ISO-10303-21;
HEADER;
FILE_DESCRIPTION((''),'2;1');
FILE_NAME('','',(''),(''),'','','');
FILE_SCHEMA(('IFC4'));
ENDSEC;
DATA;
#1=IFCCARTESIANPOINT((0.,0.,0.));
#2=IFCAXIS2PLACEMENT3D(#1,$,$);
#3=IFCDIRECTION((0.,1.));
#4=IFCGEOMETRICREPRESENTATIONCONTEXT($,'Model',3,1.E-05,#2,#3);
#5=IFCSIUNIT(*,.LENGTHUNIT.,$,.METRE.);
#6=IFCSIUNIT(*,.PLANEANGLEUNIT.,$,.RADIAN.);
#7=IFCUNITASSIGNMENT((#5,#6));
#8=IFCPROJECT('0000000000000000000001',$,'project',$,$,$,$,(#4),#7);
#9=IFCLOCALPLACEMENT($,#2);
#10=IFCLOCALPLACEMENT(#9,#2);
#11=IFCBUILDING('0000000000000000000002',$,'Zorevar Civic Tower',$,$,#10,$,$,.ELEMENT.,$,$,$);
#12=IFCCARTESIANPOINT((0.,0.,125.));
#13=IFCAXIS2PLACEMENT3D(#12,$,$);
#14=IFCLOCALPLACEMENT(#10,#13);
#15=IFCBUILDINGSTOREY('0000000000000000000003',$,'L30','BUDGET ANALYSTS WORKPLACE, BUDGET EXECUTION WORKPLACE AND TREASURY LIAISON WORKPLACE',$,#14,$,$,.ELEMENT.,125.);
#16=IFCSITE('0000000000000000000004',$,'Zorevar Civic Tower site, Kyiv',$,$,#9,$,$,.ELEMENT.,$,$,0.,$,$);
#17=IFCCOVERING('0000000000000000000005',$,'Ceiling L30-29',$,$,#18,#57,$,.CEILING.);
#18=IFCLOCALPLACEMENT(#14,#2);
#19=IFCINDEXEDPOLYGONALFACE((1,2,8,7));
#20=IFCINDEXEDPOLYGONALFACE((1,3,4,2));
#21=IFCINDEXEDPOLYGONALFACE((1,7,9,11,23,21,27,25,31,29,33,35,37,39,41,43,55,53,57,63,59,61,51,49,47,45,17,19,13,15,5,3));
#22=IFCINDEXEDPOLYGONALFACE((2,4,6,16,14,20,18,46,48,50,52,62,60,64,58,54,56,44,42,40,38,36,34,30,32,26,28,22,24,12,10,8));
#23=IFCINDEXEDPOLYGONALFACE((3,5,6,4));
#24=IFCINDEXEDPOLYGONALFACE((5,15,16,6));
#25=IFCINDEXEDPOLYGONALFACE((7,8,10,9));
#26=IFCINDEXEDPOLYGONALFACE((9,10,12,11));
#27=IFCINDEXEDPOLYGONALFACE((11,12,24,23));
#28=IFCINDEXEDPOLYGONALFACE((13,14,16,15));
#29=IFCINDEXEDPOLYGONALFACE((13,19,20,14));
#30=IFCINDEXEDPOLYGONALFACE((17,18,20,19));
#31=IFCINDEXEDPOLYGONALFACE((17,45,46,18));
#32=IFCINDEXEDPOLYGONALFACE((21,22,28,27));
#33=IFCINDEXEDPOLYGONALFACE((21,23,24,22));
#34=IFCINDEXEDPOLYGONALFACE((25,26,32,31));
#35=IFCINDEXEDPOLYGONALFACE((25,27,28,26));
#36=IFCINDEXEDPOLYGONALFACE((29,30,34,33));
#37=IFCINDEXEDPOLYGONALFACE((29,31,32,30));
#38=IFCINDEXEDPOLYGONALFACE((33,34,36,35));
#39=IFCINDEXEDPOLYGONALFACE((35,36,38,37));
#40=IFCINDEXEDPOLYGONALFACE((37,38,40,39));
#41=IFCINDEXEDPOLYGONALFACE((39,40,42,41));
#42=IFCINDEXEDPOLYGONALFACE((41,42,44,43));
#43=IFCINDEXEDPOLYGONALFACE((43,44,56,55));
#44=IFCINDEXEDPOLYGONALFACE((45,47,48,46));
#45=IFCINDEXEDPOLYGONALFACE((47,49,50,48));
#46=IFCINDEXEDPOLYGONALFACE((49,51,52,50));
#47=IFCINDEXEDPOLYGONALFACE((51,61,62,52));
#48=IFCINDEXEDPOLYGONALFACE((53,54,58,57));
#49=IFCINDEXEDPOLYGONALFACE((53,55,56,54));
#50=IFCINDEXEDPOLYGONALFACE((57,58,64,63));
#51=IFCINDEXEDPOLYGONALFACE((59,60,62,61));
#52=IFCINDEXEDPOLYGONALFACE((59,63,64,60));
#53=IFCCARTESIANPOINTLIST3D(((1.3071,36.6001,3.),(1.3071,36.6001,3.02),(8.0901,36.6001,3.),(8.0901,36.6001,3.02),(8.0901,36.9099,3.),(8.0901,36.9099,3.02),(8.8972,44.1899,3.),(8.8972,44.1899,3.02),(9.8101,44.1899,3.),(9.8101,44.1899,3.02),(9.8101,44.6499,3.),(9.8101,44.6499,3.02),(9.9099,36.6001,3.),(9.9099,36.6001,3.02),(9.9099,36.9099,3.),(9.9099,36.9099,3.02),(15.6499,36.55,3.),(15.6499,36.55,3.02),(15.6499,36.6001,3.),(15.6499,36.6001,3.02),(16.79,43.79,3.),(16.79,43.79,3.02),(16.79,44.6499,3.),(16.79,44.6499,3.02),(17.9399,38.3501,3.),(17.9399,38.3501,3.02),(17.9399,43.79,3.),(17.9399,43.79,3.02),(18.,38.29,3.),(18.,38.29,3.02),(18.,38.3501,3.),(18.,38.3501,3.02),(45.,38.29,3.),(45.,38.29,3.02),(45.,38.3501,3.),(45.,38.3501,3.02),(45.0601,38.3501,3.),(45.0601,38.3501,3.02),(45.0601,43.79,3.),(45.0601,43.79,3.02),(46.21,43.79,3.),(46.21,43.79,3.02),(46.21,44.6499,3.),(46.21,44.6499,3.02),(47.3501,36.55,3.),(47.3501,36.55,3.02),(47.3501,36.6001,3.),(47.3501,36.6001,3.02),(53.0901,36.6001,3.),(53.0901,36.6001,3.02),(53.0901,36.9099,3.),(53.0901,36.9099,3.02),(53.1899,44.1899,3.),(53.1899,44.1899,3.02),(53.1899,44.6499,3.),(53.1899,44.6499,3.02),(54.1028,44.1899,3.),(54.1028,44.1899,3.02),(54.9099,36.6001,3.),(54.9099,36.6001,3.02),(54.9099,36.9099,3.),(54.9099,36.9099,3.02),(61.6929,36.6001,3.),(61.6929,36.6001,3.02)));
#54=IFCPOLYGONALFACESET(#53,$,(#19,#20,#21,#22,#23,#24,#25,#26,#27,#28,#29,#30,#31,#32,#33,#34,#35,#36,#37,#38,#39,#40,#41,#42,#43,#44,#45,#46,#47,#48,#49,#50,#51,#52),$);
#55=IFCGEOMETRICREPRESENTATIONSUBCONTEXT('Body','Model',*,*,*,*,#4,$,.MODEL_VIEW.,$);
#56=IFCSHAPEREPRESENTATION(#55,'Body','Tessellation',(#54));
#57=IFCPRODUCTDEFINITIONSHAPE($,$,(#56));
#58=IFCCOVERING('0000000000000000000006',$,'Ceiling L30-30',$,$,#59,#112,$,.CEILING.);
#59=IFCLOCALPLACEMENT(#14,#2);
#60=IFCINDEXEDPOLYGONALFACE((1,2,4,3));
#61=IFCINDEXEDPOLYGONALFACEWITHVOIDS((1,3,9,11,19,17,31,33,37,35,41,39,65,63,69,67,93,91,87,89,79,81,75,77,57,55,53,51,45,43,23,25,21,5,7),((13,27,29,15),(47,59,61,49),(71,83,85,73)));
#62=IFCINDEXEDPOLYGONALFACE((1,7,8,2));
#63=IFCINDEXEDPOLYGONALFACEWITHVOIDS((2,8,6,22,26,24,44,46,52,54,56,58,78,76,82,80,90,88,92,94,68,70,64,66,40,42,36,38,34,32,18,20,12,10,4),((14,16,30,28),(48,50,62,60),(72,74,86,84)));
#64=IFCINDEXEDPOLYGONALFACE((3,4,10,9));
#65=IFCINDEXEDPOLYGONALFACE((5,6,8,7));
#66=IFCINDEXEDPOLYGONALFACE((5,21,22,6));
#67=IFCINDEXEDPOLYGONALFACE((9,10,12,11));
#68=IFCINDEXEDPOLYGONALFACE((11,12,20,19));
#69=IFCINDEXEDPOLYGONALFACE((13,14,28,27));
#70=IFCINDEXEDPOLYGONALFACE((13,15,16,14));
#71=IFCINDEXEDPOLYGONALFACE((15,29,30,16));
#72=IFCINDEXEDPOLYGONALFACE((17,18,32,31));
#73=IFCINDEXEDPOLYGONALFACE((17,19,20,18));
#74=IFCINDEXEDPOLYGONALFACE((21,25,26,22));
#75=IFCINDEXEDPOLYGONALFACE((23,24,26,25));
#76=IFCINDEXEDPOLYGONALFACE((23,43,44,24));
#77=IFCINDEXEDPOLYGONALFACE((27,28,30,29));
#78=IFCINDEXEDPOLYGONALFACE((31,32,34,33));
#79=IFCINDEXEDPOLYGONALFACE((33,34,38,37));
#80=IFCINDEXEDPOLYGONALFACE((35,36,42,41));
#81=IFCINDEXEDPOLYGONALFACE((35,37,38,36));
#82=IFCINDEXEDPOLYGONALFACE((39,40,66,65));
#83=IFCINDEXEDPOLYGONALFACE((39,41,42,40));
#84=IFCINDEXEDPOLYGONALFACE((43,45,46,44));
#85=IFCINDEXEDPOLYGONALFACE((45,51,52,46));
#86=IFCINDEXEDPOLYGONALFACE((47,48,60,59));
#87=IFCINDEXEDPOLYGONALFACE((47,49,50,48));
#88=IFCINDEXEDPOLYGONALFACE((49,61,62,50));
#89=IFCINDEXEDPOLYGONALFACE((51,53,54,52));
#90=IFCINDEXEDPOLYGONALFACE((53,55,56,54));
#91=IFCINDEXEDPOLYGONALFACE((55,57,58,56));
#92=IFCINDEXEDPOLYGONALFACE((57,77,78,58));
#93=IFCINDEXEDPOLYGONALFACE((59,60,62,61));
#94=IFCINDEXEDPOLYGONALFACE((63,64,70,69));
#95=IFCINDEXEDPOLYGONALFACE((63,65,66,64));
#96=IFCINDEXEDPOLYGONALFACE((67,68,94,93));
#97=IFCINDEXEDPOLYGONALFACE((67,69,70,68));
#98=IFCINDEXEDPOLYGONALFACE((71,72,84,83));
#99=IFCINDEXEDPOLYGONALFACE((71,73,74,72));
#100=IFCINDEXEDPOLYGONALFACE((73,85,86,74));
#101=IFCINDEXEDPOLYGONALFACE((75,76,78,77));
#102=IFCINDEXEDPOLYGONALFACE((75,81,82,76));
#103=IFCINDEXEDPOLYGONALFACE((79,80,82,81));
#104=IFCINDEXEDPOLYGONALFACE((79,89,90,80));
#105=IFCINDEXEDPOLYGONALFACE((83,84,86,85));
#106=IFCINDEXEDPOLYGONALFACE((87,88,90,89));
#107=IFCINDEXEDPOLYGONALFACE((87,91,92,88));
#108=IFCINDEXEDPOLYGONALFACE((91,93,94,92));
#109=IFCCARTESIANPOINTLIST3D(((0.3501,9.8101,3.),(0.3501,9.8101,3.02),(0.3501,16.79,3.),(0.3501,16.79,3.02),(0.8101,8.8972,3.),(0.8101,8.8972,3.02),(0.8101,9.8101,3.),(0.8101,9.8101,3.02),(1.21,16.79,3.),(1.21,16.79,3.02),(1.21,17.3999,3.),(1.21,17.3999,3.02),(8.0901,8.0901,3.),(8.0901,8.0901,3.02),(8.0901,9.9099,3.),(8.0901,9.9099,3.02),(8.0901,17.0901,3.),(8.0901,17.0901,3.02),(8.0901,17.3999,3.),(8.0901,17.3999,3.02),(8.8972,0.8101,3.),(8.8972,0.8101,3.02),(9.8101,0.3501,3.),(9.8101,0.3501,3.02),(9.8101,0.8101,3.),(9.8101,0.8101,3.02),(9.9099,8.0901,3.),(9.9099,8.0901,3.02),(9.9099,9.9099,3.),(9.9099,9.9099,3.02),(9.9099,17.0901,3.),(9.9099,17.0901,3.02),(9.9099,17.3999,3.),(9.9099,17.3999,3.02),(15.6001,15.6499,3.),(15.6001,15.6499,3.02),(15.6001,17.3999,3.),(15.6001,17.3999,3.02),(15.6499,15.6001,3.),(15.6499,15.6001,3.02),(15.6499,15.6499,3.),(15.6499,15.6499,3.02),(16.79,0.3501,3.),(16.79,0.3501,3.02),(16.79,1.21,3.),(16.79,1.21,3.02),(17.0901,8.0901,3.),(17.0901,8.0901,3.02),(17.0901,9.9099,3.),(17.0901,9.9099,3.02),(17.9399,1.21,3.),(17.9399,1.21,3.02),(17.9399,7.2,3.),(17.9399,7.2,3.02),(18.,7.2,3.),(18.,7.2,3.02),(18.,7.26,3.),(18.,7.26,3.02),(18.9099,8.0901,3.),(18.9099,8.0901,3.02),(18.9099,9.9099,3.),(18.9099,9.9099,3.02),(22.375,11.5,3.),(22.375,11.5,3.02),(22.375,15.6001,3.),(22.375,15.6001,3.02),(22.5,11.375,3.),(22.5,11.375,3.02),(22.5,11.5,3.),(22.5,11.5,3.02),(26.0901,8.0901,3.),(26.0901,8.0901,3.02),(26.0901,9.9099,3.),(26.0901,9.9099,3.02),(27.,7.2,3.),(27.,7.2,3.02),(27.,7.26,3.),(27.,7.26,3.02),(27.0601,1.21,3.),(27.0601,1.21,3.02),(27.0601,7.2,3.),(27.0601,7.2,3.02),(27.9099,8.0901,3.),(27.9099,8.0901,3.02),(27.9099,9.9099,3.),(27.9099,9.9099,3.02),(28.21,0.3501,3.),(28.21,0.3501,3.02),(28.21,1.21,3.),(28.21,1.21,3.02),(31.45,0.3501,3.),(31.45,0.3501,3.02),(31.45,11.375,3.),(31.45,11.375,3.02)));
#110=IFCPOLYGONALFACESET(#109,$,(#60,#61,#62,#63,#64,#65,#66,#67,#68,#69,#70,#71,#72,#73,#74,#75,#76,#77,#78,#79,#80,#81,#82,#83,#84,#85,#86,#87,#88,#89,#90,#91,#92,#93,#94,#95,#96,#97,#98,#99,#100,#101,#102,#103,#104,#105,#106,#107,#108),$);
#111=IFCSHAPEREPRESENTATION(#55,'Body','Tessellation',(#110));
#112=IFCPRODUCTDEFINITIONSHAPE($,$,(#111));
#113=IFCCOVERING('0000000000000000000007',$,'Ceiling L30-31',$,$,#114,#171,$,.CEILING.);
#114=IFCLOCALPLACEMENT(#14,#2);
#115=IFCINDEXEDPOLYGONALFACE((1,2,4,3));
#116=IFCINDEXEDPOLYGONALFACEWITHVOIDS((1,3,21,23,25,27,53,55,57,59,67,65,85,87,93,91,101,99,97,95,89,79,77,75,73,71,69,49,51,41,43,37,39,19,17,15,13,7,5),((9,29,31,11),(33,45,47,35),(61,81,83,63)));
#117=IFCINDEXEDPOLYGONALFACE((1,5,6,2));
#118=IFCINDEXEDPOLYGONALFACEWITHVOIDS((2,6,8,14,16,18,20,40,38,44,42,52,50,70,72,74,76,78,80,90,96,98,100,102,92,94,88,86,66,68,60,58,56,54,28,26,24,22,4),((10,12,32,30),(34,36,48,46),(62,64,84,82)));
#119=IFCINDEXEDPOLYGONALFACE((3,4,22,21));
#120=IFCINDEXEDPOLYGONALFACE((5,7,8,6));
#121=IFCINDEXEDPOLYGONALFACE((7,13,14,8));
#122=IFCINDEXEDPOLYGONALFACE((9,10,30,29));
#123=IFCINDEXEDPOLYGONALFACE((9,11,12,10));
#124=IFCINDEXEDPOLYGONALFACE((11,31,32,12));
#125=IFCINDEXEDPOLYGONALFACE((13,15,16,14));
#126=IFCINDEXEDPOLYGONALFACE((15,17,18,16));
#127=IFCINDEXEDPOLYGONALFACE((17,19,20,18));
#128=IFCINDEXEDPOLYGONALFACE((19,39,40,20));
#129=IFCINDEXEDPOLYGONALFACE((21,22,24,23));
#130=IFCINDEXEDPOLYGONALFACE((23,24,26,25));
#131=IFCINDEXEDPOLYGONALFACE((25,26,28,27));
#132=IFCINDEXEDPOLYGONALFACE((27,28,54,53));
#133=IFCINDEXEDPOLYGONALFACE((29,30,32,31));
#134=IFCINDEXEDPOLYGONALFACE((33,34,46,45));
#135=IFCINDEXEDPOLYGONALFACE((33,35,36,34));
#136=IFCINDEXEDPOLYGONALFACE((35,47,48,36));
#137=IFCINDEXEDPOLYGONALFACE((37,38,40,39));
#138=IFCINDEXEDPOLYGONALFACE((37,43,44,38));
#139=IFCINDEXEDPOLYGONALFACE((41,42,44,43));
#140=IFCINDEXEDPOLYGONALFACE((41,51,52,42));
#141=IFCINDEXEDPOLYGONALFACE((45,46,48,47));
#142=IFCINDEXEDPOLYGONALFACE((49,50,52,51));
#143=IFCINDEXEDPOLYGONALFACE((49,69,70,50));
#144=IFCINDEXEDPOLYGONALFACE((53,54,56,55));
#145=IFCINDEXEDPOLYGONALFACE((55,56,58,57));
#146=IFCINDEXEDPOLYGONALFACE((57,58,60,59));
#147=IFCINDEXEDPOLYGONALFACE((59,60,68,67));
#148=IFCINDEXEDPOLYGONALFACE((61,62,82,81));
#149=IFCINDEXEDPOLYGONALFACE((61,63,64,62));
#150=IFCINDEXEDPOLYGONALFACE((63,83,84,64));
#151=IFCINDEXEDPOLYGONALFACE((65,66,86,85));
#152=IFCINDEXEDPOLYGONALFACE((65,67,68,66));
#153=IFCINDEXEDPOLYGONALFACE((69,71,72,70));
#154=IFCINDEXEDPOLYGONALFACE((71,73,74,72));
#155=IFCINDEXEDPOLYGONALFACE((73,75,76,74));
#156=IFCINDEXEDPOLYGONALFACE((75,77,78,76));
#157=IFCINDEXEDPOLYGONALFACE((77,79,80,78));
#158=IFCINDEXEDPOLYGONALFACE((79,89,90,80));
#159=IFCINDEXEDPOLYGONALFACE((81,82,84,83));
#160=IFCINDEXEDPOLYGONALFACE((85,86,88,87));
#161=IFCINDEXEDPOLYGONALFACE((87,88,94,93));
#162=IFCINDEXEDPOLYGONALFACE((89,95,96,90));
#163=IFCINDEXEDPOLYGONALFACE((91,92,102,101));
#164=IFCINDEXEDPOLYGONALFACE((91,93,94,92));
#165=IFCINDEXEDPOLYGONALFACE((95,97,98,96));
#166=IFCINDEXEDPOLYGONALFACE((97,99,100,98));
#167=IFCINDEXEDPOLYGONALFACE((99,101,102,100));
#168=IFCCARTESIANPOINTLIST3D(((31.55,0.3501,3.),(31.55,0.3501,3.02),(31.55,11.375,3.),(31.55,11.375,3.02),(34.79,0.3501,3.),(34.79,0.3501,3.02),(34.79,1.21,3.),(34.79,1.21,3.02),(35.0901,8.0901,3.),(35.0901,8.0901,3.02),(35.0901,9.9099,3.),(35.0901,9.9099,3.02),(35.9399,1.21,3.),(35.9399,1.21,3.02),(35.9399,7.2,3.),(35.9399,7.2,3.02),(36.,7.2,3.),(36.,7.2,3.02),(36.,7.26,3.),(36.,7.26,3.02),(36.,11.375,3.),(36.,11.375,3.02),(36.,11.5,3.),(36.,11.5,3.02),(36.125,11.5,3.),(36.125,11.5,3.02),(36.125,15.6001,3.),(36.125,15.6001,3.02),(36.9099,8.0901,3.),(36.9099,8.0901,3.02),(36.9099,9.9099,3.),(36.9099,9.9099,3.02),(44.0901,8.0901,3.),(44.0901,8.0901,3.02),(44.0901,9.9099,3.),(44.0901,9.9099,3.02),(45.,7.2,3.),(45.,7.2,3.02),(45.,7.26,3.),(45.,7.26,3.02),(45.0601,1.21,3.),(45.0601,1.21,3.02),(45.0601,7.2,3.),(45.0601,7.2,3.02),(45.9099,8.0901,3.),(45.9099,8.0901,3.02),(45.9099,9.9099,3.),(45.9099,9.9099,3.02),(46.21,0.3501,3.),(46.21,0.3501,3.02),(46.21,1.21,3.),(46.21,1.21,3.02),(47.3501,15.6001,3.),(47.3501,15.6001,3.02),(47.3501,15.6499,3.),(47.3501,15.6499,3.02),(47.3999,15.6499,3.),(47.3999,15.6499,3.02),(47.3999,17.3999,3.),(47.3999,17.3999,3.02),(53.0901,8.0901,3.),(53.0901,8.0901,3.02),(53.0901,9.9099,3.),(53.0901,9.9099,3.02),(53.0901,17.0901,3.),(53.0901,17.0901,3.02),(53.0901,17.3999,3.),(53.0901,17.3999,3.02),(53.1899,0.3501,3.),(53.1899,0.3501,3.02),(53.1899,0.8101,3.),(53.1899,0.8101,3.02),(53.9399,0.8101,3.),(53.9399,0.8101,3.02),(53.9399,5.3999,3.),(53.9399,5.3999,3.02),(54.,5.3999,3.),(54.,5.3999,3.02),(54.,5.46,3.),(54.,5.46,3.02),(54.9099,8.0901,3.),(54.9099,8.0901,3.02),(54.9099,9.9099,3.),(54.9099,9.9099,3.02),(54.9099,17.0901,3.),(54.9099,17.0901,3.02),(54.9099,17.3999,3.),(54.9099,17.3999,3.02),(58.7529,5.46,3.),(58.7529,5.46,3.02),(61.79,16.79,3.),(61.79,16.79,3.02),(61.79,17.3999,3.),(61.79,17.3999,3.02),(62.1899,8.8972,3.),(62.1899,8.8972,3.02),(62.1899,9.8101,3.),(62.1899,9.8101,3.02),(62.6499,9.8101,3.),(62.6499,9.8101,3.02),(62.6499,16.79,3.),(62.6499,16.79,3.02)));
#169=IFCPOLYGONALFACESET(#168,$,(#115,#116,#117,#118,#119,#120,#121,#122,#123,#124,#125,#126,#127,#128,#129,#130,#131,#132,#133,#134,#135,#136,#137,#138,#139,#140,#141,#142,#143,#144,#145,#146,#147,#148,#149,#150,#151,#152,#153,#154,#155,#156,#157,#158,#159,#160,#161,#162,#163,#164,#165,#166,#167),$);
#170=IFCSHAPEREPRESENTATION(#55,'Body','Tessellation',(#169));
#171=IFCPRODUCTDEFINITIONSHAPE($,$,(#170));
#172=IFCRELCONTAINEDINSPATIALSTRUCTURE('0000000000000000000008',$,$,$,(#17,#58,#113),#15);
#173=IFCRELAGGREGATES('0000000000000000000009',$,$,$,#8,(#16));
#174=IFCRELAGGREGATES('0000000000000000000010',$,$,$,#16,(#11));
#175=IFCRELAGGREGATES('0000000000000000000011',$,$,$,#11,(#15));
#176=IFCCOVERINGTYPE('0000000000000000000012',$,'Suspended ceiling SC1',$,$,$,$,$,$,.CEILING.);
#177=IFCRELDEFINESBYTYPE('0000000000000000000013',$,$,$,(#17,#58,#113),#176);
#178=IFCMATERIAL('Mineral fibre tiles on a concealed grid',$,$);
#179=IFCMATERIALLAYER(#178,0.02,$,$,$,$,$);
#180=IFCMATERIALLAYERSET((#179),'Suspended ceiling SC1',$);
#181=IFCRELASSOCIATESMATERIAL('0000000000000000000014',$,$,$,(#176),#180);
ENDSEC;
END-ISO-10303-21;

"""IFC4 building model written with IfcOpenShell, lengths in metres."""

from ifc_helpers import new_model, si_unit, direction, frame, origin, place, context, subcontext, project, spatial, polyline, outline, extrude, material, layer, layer_set, type_object, element, save


model = new_model("IFC4")

# Units and contexts
model_context = context("Model", 3, precision=1e-05, world=origin(), true_north=direction((0.0, 1.0)))
body_context = subcontext(model_context, "Body", "Model", "MODEL_VIEW")
ifc_project = project(units=[si_unit("LENGTHUNIT", "METRE"), si_unit("PLANEANGLEUNIT", "RADIAN")], contexts=[model_context])

# Site, building, storey
site_placement = place(None, origin())
site = spatial("IfcSite", under=ifc_project, at=site_placement, Name="Zorevar Civic Tower site, Kyiv", CompositionType="ELEMENT", RefElevation=0.0)
building_placement = place(site_placement, origin())
building = spatial("IfcBuilding", under=site, at=building_placement, Name="Zorevar Civic Tower", CompositionType="ELEMENT")
storey_placement = place(building_placement, frame((0.0, 0.0, 125.0)))
storey = spatial("IfcBuildingStorey", under=building, at=storey_placement, Name="L30", Description="BUDGET ANALYSTS WORKPLACE, BUDGET EXECUTION WORKPLACE AND TREASURY LIAISON WORKPLACE", CompositionType="ELEMENT", Elevation=125.0)

# Coverings
ifc_material_1 = material(Name="Mineral fibre tiles on a concealed grid")
ifc_layer_1 = layer(ifc_material_1, 0.02)
ifc_layer_set_1 = layer_set([ifc_layer_1], Name="Suspended ceiling SC1")
covering_type_1 = type_object("IfcCoveringType", Name="Suspended ceiling SC1", PredefinedType="CEILING", material=ifc_layer_set_1)
covering_1_placement = place(storey_placement, frame((0.0, 0.0, 3.0)))
element("IfcCovering", 1, at=covering_1_placement, inside=storey, type_object=covering_type_1, Name="Ceiling L30-29", PredefinedType="CEILING", context=body_context, shape_type="SweptSolid", body=[
    extrude(outline(polyline([(16.79, 44.6499), (16.79, 43.79), (17.9399, 43.79), (17.9399, 38.3501), (18.0, 38.3501), (18.0, 38.29), (45.0, 38.29), (45.0, 38.3501), (45.0601, 38.3501), (45.0601, 43.79), (46.21, 43.79), (46.21, 44.6499), (53.1899, 44.6499), (53.1899, 44.1899), (54.1028, 44.1899), (61.6929, 36.6001), (54.9099, 36.6001), (54.9099, 36.9099), (53.0901, 36.9099), (53.0901, 36.6001), (47.3501, 36.6001), (47.3501, 36.55), (15.6499, 36.55), (15.6499, 36.6001), (9.9099, 36.6001), (9.9099, 36.9099), (8.0901, 36.9099), (8.0901, 36.6001), (1.3071, 36.6001), (8.8972, 44.1899), (9.8101, 44.1899), (9.8101, 44.6499), (16.79, 44.6499)])), origin(), (0.0, 0.0, 1.0), 0.02),
])
covering_2_placement = place(storey_placement, frame((0.0, 0.0, 3.0)))
element("IfcCovering", 2, at=covering_2_placement, inside=storey, type_object=covering_type_1, Name="Ceiling L30-30", PredefinedType="CEILING", context=body_context, shape_type="SweptSolid", body=[
    extrude(outline(polyline([(0.8101, 9.8101), (0.3501, 9.8101), (0.3501, 16.79), (1.21, 16.79), (1.21, 17.3999), (8.0901, 17.3999), (8.0901, 17.0901), (9.9099, 17.0901), (9.9099, 17.3999), (15.6001, 17.3999), (15.6001, 15.6499), (15.6499, 15.6499), (15.6499, 15.6001), (22.375, 15.6001), (22.375, 11.5), (22.5, 11.5), (22.5, 11.375), (31.45, 11.375), (31.45, 0.3501), (28.21, 0.3501), (28.21, 1.21), (27.0601, 1.21), (27.0601, 7.2), (27.0, 7.2), (27.0, 7.26), (18.0, 7.26), (18.0, 7.2), (17.9399, 7.2), (17.9399, 1.21), (16.79, 1.21), (16.79, 0.3501), (9.8101, 0.3501), (9.8101, 0.8101), (8.8972, 0.8101), (0.8101, 8.8972), (0.8101, 9.8101)]), holes=[polyline([(8.0901, 8.0901), (9.9099, 8.0901), (9.9099, 9.9099), (8.0901, 9.9099), (8.0901, 8.0901)]), polyline([(18.9099, 8.0901), (18.9099, 9.9099), (17.0901, 9.9099), (17.0901, 8.0901), (18.9099, 8.0901)]), polyline([(26.0901, 9.9099), (26.0901, 8.0901), (27.9099, 8.0901), (27.9099, 9.9099), (26.0901, 9.9099)])]), origin(), (0.0, 0.0, 1.0), 0.02),
])
covering_3_placement = place(storey_placement, frame((0.0, 0.0, 3.0)))
element("IfcCovering", 3, at=covering_3_placement, inside=storey, type_object=covering_type_1, Name="Ceiling L30-31", PredefinedType="CEILING", context=body_context, shape_type="SweptSolid", body=[
    extrude(outline(polyline([(53.0901, 17.3999), (53.0901, 17.0901), (54.9099, 17.0901), (54.9099, 17.3999), (61.79, 17.3999), (61.79, 16.79), (62.6499, 16.79), (62.6499, 9.8101), (62.1899, 9.8101), (62.1899, 8.8972), (58.7529, 5.46), (54.0, 5.46), (54.0, 5.3999), (53.9399, 5.3999), (53.9399, 0.8101), (53.1899, 0.8101), (53.1899, 0.3501), (46.21, 0.3501), (46.21, 1.21), (45.0601, 1.21), (45.0601, 7.2), (45.0, 7.2), (45.0, 7.26), (36.0, 7.26), (36.0, 7.2), (35.9399, 7.2), (35.9399, 1.21), (34.79, 1.21), (34.79, 0.3501), (31.55, 0.3501), (31.55, 11.375), (36.0, 11.375), (36.0, 11.5), (36.125, 11.5), (36.125, 15.6001), (47.3501, 15.6001), (47.3501, 15.6499), (47.3999, 15.6499), (47.3999, 17.3999), (53.0901, 17.3999)]), holes=[polyline([(36.9099, 9.9099), (35.0901, 9.9099), (35.0901, 8.0901), (36.9099, 8.0901), (36.9099, 9.9099)]), polyline([(44.0901, 8.0901), (45.9099, 8.0901), (45.9099, 9.9099), (44.0901, 9.9099), (44.0901, 8.0901)]), polyline([(54.9099, 9.9099), (53.0901, 9.9099), (53.0901, 8.0901), (54.9099, 8.0901), (54.9099, 9.9099)])]), origin(), (0.0, 0.0, 1.0), 0.02),
])

save(model, "model.ifc")
